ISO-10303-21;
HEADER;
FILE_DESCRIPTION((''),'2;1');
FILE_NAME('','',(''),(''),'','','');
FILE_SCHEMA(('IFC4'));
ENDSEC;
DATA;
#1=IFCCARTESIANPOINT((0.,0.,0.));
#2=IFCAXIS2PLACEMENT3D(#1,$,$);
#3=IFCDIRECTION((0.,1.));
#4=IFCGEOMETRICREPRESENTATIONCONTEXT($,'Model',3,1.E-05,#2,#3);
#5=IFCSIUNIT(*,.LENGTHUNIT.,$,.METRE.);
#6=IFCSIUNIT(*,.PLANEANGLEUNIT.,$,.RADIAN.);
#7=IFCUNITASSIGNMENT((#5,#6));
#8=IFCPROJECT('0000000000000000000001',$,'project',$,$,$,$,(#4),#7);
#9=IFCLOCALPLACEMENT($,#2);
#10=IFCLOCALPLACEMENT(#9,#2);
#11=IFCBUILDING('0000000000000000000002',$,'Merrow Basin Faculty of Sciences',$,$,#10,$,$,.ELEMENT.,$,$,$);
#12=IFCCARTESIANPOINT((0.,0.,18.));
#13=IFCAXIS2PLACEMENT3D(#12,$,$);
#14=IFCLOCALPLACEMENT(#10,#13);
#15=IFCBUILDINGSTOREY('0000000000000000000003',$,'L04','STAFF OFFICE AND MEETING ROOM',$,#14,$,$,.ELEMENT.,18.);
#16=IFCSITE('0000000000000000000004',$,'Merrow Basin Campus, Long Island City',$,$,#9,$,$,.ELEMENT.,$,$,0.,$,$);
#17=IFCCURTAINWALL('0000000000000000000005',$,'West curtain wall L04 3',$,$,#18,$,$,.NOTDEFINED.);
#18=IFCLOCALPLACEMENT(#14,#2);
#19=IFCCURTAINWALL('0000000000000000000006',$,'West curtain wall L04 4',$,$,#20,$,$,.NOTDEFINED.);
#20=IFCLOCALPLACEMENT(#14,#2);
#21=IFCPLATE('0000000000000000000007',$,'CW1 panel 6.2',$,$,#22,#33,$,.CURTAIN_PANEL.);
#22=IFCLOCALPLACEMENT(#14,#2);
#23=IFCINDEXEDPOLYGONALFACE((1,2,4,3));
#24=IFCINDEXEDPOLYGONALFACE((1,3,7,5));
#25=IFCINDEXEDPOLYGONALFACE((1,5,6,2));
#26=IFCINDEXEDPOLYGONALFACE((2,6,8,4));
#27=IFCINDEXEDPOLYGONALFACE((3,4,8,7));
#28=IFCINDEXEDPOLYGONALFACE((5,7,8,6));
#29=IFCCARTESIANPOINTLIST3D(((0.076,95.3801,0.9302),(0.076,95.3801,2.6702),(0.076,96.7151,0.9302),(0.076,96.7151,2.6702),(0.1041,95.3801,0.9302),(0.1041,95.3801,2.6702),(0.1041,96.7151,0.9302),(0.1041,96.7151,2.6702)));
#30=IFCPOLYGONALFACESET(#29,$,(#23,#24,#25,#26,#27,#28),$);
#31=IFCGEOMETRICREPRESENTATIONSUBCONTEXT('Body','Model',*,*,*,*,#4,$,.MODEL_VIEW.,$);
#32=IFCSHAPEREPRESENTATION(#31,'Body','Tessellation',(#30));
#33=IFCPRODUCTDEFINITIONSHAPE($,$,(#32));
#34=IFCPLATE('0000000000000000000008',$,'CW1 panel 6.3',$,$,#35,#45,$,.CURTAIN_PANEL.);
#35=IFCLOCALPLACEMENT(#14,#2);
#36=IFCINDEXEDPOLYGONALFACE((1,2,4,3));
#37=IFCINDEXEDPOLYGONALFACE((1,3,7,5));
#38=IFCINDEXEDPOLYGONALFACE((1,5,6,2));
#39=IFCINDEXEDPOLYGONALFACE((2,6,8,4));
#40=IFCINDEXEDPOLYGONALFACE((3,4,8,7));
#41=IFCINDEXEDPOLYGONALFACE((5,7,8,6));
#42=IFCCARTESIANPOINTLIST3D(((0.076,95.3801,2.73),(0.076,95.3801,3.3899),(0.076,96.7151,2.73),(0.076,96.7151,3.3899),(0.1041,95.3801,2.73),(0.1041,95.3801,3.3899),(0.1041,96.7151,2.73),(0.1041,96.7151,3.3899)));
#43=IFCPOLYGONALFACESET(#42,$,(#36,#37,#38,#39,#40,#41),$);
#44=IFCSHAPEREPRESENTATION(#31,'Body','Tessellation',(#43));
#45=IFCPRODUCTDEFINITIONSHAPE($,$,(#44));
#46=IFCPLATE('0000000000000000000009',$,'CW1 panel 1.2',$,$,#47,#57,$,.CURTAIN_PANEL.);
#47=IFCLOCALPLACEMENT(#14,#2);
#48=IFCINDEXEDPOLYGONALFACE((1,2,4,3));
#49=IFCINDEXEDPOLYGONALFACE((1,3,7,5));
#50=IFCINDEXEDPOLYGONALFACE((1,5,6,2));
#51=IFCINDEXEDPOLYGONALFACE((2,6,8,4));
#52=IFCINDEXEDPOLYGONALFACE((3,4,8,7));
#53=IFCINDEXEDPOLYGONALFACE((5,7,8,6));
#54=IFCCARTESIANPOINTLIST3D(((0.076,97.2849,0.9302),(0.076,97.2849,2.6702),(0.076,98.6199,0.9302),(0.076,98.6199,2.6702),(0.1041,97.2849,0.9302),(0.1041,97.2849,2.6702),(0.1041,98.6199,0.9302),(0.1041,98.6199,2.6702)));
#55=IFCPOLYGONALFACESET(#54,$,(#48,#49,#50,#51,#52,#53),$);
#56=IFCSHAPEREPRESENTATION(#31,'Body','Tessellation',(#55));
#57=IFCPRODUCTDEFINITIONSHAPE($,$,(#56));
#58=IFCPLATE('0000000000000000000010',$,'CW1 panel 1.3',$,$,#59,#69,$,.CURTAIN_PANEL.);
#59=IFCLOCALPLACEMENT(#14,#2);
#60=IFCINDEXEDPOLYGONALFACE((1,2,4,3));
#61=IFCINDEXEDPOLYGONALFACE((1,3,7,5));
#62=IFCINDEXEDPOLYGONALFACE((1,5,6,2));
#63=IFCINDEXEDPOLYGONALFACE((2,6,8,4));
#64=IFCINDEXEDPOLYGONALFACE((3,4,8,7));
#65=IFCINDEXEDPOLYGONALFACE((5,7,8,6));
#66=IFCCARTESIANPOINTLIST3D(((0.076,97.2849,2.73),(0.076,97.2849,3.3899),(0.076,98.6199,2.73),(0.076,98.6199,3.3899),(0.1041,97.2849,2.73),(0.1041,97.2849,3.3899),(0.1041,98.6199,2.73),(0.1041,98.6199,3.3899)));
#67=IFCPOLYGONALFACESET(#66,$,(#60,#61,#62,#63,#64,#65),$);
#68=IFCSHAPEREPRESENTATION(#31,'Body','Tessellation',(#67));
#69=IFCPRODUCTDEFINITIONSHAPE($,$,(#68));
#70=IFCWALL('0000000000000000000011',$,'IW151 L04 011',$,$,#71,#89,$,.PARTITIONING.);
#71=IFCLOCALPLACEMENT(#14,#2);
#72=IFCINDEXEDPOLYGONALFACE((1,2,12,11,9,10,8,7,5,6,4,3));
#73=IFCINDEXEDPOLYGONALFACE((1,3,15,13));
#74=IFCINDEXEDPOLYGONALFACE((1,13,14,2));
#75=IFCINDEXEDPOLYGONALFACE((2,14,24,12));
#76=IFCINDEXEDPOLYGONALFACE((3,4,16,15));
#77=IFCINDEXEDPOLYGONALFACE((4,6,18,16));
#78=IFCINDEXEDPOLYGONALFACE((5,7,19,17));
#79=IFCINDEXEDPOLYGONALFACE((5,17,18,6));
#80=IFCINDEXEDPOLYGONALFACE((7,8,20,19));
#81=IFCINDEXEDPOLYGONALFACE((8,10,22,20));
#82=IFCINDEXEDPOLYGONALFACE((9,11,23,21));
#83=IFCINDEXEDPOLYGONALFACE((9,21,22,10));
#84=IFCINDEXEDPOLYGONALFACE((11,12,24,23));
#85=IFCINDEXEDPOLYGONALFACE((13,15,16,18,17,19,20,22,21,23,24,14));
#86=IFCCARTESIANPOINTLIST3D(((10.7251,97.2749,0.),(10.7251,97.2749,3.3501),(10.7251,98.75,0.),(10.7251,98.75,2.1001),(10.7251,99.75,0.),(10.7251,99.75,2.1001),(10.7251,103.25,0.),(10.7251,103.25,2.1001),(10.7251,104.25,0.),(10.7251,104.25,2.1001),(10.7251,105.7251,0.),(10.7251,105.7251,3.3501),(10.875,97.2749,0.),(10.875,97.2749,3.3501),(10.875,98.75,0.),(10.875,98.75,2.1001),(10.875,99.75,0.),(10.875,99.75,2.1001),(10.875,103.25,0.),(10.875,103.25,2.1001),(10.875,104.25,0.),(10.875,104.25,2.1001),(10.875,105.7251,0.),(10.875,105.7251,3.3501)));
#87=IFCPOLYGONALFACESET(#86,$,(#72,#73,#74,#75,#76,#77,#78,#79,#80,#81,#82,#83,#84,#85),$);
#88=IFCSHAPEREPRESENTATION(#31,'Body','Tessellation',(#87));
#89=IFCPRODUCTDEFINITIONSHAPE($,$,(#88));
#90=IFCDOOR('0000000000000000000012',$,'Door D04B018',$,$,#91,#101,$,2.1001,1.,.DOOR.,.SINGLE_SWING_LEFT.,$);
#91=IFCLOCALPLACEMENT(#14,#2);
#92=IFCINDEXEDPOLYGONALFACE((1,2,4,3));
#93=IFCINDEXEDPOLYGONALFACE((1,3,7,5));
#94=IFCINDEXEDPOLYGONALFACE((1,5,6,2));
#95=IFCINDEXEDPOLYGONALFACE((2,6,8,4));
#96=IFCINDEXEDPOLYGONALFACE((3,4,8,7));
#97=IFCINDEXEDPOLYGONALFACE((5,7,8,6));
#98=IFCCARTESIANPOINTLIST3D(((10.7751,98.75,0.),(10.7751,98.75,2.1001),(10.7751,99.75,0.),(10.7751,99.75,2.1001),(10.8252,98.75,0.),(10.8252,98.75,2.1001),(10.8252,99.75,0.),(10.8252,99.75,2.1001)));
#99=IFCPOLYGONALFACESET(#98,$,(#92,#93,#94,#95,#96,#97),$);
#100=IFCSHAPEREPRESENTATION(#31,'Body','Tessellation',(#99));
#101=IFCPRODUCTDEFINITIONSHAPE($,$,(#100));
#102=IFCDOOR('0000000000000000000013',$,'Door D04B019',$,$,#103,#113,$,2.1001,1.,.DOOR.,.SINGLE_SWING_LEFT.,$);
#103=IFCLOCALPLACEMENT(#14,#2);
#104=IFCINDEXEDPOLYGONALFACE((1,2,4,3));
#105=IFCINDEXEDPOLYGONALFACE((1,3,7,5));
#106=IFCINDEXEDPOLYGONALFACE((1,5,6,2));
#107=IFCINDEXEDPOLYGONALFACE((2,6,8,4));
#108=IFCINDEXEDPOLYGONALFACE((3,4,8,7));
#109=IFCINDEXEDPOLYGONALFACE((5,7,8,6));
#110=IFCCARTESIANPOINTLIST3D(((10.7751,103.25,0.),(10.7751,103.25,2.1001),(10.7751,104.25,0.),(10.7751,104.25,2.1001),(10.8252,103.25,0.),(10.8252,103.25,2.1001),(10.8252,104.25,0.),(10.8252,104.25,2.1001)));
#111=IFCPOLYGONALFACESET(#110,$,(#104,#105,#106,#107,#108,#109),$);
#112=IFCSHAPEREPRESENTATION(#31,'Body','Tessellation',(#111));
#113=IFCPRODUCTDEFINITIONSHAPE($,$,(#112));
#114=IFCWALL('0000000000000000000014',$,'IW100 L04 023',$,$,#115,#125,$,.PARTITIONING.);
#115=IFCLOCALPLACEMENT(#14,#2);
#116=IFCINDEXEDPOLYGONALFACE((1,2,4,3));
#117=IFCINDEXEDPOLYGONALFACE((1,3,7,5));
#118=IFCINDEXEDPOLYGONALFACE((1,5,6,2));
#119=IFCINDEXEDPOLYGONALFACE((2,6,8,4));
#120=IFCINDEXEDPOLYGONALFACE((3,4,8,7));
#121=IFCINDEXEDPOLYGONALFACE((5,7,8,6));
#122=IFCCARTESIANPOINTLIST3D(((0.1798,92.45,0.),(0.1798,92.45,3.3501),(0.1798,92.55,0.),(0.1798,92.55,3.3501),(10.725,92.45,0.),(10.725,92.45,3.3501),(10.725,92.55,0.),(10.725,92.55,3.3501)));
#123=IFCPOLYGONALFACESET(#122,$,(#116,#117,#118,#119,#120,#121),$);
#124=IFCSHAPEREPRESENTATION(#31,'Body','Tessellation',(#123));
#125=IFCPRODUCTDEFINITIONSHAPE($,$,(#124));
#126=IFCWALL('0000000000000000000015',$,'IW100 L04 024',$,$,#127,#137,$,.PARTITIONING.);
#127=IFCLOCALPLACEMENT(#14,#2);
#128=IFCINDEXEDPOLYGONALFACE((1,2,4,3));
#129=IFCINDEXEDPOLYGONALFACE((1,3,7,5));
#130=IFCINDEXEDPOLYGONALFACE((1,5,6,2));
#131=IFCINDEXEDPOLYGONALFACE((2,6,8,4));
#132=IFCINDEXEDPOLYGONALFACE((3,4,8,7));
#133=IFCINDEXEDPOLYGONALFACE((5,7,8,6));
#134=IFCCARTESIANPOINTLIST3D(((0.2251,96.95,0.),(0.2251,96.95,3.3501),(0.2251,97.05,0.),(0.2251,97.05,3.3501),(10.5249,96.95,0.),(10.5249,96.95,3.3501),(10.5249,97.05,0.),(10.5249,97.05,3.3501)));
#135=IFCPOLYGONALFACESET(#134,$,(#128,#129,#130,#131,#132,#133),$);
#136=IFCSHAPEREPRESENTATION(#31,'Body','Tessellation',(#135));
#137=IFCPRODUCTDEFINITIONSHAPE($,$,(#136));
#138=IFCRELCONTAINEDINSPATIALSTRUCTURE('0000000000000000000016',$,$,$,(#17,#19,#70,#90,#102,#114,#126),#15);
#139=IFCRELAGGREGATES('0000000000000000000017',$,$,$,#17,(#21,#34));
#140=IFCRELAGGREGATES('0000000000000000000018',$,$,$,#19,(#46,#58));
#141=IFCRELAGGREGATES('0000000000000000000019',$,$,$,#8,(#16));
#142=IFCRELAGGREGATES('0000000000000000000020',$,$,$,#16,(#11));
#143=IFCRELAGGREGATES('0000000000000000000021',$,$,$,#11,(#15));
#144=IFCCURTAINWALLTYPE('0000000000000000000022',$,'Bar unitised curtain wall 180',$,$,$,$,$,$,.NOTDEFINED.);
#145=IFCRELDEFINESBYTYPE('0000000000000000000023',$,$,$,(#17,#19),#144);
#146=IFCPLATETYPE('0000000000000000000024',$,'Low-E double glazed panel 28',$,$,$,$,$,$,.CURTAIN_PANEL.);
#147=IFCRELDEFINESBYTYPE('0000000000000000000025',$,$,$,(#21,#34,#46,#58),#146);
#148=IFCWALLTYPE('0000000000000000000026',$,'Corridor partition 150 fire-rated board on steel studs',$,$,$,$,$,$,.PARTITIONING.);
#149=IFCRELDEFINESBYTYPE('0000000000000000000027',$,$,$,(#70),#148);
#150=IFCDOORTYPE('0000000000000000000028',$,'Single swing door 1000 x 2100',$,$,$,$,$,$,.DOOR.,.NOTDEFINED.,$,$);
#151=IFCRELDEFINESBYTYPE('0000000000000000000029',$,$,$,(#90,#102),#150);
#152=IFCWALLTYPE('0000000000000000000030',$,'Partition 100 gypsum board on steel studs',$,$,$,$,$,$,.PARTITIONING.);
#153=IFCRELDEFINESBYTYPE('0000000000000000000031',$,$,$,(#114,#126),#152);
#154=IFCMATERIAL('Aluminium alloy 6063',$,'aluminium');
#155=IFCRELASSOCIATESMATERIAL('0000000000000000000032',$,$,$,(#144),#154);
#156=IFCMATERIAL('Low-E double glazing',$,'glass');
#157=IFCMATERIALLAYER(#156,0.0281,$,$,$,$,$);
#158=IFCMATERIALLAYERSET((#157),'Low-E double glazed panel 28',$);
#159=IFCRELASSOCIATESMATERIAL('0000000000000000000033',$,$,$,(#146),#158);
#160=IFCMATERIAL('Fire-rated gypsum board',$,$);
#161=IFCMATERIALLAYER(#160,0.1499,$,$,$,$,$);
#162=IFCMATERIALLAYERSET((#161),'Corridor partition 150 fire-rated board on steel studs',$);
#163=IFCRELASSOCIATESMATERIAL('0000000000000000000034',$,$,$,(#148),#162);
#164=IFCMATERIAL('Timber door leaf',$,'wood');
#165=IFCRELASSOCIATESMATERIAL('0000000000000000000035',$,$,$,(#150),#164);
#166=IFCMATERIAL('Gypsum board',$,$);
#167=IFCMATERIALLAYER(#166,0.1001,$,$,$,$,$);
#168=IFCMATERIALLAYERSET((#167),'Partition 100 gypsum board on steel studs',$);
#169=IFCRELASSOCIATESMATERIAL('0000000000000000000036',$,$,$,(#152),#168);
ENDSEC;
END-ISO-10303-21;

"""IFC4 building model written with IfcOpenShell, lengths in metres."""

from ifc_helpers import new_model, si_unit, direction, frame, frame_2d, origin, origin_2d, place, context, subcontext, project, spatial, rectangle, extrude, material, layer, layer_set, type_object, element, fill, aggregate, save


model = new_model("IFC4")

# Units and contexts
model_context = context("Model", 3, precision=1e-05, world=origin(), true_north=direction((0.0, 1.0)))
body_context = subcontext(model_context, "Body", "Model", "MODEL_VIEW")
ifc_project = project(units=[si_unit("LENGTHUNIT", "METRE"), si_unit("PLANEANGLEUNIT", "RADIAN")], contexts=[model_context])

# Site, building, storey
site_placement = place(None, origin())
site = spatial("IfcSite", under=ifc_project, at=site_placement, Name="Merrow Basin Campus, Long Island City", CompositionType="ELEMENT", RefElevation=0.0)
building_placement = place(site_placement, origin())
building = spatial("IfcBuilding", under=site, at=building_placement, Name="Merrow Basin Faculty of Sciences", CompositionType="ELEMENT")
storey_placement = place(building_placement, frame((0.0, 0.0, 18.0)))
storey = spatial("IfcBuildingStorey", under=building, at=storey_placement, Name="L04", Description="STAFF OFFICE AND MEETING ROOM", CompositionType="ELEMENT", Elevation=18.0)

# Curtain walls
ifc_material_1 = material(Name="Aluminium alloy 6063", Category="aluminium")
curtain_wall_type = type_object("IfcCurtainWallType", Name="Bar unitised curtain wall 180", PredefinedType="NOTDEFINED", material=ifc_material_1)
curtain_wall_1_placement = place(storey_placement, origin())
curtain_wall_1 = element("IfcCurtainWall", 1, at=curtain_wall_1_placement, inside=storey, type_object=curtain_wall_type, Name="West curtain wall L04 3", PredefinedType="NOTDEFINED")
curtain_wall_2_placement = place(storey_placement, origin())
curtain_wall_2 = element("IfcCurtainWall", 2, at=curtain_wall_2_placement, inside=storey, type_object=curtain_wall_type, Name="West curtain wall L04 4", PredefinedType="NOTDEFINED")

# Plates
ifc_material_2 = material(Name="Low-E double glazing", Category="glass")
ifc_layer_1 = layer(ifc_material_2, 0.0281)
ifc_layer_set_1 = layer_set([ifc_layer_1], Name="Low-E double glazed panel 28")
plate_type_1 = type_object("IfcPlateType", Name="Low-E double glazed panel 28", PredefinedType="CURTAIN_PANEL", material=ifc_layer_set_1)
plate_1_placement = place(storey_placement, frame((0.0901, 96.0476, 0.9302), z_axis=(0.0, 0.0, 1.0), x_axis=(0.0, 1.0, 0.0)))
plate_1 = element("IfcPlate", 3, at=plate_1_placement, type_object=plate_type_1, Name="CW1 panel 6.2", PredefinedType="CURTAIN_PANEL", context=body_context, shape_type="SweptSolid", body=[
    extrude(rectangle(XDim=1.335, YDim=0.0281, at=origin_2d()), origin(), (0.0, 0.0, 1.0), 1.74),
])
plate_2_placement = place(storey_placement, frame((0.0901, 96.0476, 2.73), z_axis=(0.0, 0.0, 1.0), x_axis=(0.0, 1.0, 0.0)))
plate_2 = element("IfcPlate", 4, at=plate_2_placement, type_object=plate_type_1, Name="CW1 panel 6.3", PredefinedType="CURTAIN_PANEL", context=body_context, shape_type="SweptSolid", body=[
    extrude(rectangle(XDim=1.335, YDim=0.0281, at=origin_2d()), origin(), (0.0, 0.0, 1.0), 0.6599),
])
aggregate(curtain_wall_1, [plate_1, plate_2])
plate_3_placement = place(storey_placement, frame((0.0901, 97.9524, 0.9302), z_axis=(0.0, 0.0, 1.0), x_axis=(0.0, 1.0, 0.0)))
plate_3 = element("IfcPlate", 5, at=plate_3_placement, type_object=plate_type_1, Name="CW1 panel 1.2", PredefinedType="CURTAIN_PANEL", context=body_context, shape_type="SweptSolid", body=[
    extrude(rectangle(XDim=1.335, YDim=0.0281, at=origin_2d()), origin(), (0.0, 0.0, 1.0), 1.74),
])
plate_4_placement = place(storey_placement, frame((0.0901, 97.9524, 2.73), z_axis=(0.0, 0.0, 1.0), x_axis=(0.0, 1.0, 0.0)))
plate_4 = element("IfcPlate", 6, at=plate_4_placement, type_object=plate_type_1, Name="CW1 panel 1.3", PredefinedType="CURTAIN_PANEL", context=body_context, shape_type="SweptSolid", body=[
    extrude(rectangle(XDim=1.335, YDim=0.0281, at=origin_2d()), origin(), (0.0, 0.0, 1.0), 0.6599),
])
aggregate(curtain_wall_2, [plate_3, plate_4])

# Wall, openings, doors
ifc_material_3 = material(Name="Fire-rated gypsum board")
ifc_layer_2 = layer(ifc_material_3, 0.1499)
ifc_layer_set_2 = layer_set([ifc_layer_2], Name="Corridor partition 150 fire-rated board on steel studs")
wall_type_1 = type_object("IfcWallType", Name="Corridor partition 150 fire-rated board on steel studs", PredefinedType="PARTITIONING", material=ifc_layer_set_2)
wall_1_placement = place(storey_placement, frame((10.8, 97.2749, 0.0), z_axis=(0.0, 0.0, 1.0), x_axis=(0.0, 1.0, 0.0)))
wall_1 = element("IfcWall", 7, at=wall_1_placement, inside=storey, type_object=wall_type_1, Name="IW151 L04 011", PredefinedType="PARTITIONING", context=body_context, shape_type="SweptSolid", body=[
    extrude(rectangle(XDim=8.4502, YDim=0.1499, at=frame_2d((4.2251, 0.0))), origin(), (0.0, 0.0, 1.0), 3.3501),
])
opening_1_placement = place(wall_1_placement, frame((1.4751, 0.0, 0.0)))
opening_1 = element("IfcOpeningElement", 8, at=opening_1_placement, cuts=wall_1, PredefinedType="OPENING", context=body_context, shape_type="SweptSolid", body=[
    extrude(rectangle(XDim=1.0, YDim=2.1001, at=frame_2d((0.5, 1.05))), frame((0.0, 0.085, 0.0), z_axis=(0.0, -1.0, 0.0), x_axis=(1.0, 0.0, 0.0)), (0.0, 0.0, 1.0), 0.1699),
])
opening_2_placement = place(wall_1_placement, frame((5.9751, 0.0, 0.0)))
opening_2 = element("IfcOpeningElement", 9, at=opening_2_placement, cuts=wall_1, PredefinedType="OPENING", context=body_context, shape_type="SweptSolid", body=[
    extrude(rectangle(XDim=1.0, YDim=2.1001, at=frame_2d((0.5, 1.05))), frame((0.0, 0.085, 0.0), z_axis=(0.0, -1.0, 0.0), x_axis=(1.0, 0.0, 0.0)), (0.0, 0.0, 1.0), 0.1699),
])
ifc_material_4 = material(Name="Timber door leaf", Category="wood")
door_type = type_object("IfcDoorType", Name="Single swing door 1000 x 2100", OperationType="NOTDEFINED", PredefinedType="DOOR", material=ifc_material_4)
door_1_placement = place(opening_1_placement, origin())
door_1 = element("IfcDoor", 10, at=door_1_placement, inside=storey, type_object=door_type, Name="Door D04B018", OperationType="SINGLE_SWING_LEFT", OverallHeight=2.1001, OverallWidth=1.0, PredefinedType="DOOR", context=body_context, shape_type="SweptSolid", body=[
    extrude(rectangle(XDim=1.0, YDim=2.1001, at=frame_2d((0.5, 1.05))), frame((0.0, 0.0249, 0.0), z_axis=(0.0, -1.0, 0.0), x_axis=(1.0, 0.0, 0.0)), (0.0, 0.0, 1.0), 0.05),
])
fill(opening_1, door_1)
door_2_placement = place(opening_2_placement, origin())
door_2 = element("IfcDoor", 11, at=door_2_placement, inside=storey, type_object=door_type, Name="Door D04B019", OperationType="SINGLE_SWING_LEFT", OverallHeight=2.1001, OverallWidth=1.0, PredefinedType="DOOR", context=body_context, shape_type="SweptSolid", body=[
    extrude(rectangle(XDim=1.0, YDim=2.1001, at=frame_2d((0.5, 1.05))), frame((0.0, 0.0249, 0.0), z_axis=(0.0, -1.0, 0.0), x_axis=(1.0, 0.0, 0.0)), (0.0, 0.0, 1.0), 0.05),
])
fill(opening_2, door_2)

# Walls
ifc_material_5 = material(Name="Gypsum board")
ifc_layer_3 = layer(ifc_material_5, 0.1001)
ifc_layer_set_3 = layer_set([ifc_layer_3], Name="Partition 100 gypsum board on steel studs")
wall_type_2 = type_object("IfcWallType", Name="Partition 100 gypsum board on steel studs", PredefinedType="PARTITIONING", material=ifc_layer_set_3)
wall_2_placement = place(storey_placement, frame((0.1799, 92.5, 0.0), z_axis=(0.0, 0.0, 1.0), x_axis=(1.0, 0.0, 0.0)))
element("IfcWall", 12, at=wall_2_placement, inside=storey, type_object=wall_type_2, Name="IW100 L04 023", PredefinedType="PARTITIONING", context=body_context, shape_type="SweptSolid", body=[
    extrude(rectangle(XDim=10.5452, YDim=0.1001, at=frame_2d((5.2725, 0.0))), origin(), (0.0, 0.0, 1.0), 3.3501),
])
wall_3_placement = place(storey_placement, frame((0.2251, 97.0, 0.0), z_axis=(0.0, 0.0, 1.0), x_axis=(1.0, 0.0, 0.0)))
element("IfcWall", 13, at=wall_3_placement, inside=storey, type_object=wall_type_2, Name="IW100 L04 024", PredefinedType="PARTITIONING", context=body_context, shape_type="SweptSolid", body=[
    extrude(rectangle(XDim=10.2998, YDim=0.1001, at=frame_2d((5.1499, 0.0))), origin(), (0.0, 0.0, 1.0), 3.3501),
])

save(model, "model.ifc")
